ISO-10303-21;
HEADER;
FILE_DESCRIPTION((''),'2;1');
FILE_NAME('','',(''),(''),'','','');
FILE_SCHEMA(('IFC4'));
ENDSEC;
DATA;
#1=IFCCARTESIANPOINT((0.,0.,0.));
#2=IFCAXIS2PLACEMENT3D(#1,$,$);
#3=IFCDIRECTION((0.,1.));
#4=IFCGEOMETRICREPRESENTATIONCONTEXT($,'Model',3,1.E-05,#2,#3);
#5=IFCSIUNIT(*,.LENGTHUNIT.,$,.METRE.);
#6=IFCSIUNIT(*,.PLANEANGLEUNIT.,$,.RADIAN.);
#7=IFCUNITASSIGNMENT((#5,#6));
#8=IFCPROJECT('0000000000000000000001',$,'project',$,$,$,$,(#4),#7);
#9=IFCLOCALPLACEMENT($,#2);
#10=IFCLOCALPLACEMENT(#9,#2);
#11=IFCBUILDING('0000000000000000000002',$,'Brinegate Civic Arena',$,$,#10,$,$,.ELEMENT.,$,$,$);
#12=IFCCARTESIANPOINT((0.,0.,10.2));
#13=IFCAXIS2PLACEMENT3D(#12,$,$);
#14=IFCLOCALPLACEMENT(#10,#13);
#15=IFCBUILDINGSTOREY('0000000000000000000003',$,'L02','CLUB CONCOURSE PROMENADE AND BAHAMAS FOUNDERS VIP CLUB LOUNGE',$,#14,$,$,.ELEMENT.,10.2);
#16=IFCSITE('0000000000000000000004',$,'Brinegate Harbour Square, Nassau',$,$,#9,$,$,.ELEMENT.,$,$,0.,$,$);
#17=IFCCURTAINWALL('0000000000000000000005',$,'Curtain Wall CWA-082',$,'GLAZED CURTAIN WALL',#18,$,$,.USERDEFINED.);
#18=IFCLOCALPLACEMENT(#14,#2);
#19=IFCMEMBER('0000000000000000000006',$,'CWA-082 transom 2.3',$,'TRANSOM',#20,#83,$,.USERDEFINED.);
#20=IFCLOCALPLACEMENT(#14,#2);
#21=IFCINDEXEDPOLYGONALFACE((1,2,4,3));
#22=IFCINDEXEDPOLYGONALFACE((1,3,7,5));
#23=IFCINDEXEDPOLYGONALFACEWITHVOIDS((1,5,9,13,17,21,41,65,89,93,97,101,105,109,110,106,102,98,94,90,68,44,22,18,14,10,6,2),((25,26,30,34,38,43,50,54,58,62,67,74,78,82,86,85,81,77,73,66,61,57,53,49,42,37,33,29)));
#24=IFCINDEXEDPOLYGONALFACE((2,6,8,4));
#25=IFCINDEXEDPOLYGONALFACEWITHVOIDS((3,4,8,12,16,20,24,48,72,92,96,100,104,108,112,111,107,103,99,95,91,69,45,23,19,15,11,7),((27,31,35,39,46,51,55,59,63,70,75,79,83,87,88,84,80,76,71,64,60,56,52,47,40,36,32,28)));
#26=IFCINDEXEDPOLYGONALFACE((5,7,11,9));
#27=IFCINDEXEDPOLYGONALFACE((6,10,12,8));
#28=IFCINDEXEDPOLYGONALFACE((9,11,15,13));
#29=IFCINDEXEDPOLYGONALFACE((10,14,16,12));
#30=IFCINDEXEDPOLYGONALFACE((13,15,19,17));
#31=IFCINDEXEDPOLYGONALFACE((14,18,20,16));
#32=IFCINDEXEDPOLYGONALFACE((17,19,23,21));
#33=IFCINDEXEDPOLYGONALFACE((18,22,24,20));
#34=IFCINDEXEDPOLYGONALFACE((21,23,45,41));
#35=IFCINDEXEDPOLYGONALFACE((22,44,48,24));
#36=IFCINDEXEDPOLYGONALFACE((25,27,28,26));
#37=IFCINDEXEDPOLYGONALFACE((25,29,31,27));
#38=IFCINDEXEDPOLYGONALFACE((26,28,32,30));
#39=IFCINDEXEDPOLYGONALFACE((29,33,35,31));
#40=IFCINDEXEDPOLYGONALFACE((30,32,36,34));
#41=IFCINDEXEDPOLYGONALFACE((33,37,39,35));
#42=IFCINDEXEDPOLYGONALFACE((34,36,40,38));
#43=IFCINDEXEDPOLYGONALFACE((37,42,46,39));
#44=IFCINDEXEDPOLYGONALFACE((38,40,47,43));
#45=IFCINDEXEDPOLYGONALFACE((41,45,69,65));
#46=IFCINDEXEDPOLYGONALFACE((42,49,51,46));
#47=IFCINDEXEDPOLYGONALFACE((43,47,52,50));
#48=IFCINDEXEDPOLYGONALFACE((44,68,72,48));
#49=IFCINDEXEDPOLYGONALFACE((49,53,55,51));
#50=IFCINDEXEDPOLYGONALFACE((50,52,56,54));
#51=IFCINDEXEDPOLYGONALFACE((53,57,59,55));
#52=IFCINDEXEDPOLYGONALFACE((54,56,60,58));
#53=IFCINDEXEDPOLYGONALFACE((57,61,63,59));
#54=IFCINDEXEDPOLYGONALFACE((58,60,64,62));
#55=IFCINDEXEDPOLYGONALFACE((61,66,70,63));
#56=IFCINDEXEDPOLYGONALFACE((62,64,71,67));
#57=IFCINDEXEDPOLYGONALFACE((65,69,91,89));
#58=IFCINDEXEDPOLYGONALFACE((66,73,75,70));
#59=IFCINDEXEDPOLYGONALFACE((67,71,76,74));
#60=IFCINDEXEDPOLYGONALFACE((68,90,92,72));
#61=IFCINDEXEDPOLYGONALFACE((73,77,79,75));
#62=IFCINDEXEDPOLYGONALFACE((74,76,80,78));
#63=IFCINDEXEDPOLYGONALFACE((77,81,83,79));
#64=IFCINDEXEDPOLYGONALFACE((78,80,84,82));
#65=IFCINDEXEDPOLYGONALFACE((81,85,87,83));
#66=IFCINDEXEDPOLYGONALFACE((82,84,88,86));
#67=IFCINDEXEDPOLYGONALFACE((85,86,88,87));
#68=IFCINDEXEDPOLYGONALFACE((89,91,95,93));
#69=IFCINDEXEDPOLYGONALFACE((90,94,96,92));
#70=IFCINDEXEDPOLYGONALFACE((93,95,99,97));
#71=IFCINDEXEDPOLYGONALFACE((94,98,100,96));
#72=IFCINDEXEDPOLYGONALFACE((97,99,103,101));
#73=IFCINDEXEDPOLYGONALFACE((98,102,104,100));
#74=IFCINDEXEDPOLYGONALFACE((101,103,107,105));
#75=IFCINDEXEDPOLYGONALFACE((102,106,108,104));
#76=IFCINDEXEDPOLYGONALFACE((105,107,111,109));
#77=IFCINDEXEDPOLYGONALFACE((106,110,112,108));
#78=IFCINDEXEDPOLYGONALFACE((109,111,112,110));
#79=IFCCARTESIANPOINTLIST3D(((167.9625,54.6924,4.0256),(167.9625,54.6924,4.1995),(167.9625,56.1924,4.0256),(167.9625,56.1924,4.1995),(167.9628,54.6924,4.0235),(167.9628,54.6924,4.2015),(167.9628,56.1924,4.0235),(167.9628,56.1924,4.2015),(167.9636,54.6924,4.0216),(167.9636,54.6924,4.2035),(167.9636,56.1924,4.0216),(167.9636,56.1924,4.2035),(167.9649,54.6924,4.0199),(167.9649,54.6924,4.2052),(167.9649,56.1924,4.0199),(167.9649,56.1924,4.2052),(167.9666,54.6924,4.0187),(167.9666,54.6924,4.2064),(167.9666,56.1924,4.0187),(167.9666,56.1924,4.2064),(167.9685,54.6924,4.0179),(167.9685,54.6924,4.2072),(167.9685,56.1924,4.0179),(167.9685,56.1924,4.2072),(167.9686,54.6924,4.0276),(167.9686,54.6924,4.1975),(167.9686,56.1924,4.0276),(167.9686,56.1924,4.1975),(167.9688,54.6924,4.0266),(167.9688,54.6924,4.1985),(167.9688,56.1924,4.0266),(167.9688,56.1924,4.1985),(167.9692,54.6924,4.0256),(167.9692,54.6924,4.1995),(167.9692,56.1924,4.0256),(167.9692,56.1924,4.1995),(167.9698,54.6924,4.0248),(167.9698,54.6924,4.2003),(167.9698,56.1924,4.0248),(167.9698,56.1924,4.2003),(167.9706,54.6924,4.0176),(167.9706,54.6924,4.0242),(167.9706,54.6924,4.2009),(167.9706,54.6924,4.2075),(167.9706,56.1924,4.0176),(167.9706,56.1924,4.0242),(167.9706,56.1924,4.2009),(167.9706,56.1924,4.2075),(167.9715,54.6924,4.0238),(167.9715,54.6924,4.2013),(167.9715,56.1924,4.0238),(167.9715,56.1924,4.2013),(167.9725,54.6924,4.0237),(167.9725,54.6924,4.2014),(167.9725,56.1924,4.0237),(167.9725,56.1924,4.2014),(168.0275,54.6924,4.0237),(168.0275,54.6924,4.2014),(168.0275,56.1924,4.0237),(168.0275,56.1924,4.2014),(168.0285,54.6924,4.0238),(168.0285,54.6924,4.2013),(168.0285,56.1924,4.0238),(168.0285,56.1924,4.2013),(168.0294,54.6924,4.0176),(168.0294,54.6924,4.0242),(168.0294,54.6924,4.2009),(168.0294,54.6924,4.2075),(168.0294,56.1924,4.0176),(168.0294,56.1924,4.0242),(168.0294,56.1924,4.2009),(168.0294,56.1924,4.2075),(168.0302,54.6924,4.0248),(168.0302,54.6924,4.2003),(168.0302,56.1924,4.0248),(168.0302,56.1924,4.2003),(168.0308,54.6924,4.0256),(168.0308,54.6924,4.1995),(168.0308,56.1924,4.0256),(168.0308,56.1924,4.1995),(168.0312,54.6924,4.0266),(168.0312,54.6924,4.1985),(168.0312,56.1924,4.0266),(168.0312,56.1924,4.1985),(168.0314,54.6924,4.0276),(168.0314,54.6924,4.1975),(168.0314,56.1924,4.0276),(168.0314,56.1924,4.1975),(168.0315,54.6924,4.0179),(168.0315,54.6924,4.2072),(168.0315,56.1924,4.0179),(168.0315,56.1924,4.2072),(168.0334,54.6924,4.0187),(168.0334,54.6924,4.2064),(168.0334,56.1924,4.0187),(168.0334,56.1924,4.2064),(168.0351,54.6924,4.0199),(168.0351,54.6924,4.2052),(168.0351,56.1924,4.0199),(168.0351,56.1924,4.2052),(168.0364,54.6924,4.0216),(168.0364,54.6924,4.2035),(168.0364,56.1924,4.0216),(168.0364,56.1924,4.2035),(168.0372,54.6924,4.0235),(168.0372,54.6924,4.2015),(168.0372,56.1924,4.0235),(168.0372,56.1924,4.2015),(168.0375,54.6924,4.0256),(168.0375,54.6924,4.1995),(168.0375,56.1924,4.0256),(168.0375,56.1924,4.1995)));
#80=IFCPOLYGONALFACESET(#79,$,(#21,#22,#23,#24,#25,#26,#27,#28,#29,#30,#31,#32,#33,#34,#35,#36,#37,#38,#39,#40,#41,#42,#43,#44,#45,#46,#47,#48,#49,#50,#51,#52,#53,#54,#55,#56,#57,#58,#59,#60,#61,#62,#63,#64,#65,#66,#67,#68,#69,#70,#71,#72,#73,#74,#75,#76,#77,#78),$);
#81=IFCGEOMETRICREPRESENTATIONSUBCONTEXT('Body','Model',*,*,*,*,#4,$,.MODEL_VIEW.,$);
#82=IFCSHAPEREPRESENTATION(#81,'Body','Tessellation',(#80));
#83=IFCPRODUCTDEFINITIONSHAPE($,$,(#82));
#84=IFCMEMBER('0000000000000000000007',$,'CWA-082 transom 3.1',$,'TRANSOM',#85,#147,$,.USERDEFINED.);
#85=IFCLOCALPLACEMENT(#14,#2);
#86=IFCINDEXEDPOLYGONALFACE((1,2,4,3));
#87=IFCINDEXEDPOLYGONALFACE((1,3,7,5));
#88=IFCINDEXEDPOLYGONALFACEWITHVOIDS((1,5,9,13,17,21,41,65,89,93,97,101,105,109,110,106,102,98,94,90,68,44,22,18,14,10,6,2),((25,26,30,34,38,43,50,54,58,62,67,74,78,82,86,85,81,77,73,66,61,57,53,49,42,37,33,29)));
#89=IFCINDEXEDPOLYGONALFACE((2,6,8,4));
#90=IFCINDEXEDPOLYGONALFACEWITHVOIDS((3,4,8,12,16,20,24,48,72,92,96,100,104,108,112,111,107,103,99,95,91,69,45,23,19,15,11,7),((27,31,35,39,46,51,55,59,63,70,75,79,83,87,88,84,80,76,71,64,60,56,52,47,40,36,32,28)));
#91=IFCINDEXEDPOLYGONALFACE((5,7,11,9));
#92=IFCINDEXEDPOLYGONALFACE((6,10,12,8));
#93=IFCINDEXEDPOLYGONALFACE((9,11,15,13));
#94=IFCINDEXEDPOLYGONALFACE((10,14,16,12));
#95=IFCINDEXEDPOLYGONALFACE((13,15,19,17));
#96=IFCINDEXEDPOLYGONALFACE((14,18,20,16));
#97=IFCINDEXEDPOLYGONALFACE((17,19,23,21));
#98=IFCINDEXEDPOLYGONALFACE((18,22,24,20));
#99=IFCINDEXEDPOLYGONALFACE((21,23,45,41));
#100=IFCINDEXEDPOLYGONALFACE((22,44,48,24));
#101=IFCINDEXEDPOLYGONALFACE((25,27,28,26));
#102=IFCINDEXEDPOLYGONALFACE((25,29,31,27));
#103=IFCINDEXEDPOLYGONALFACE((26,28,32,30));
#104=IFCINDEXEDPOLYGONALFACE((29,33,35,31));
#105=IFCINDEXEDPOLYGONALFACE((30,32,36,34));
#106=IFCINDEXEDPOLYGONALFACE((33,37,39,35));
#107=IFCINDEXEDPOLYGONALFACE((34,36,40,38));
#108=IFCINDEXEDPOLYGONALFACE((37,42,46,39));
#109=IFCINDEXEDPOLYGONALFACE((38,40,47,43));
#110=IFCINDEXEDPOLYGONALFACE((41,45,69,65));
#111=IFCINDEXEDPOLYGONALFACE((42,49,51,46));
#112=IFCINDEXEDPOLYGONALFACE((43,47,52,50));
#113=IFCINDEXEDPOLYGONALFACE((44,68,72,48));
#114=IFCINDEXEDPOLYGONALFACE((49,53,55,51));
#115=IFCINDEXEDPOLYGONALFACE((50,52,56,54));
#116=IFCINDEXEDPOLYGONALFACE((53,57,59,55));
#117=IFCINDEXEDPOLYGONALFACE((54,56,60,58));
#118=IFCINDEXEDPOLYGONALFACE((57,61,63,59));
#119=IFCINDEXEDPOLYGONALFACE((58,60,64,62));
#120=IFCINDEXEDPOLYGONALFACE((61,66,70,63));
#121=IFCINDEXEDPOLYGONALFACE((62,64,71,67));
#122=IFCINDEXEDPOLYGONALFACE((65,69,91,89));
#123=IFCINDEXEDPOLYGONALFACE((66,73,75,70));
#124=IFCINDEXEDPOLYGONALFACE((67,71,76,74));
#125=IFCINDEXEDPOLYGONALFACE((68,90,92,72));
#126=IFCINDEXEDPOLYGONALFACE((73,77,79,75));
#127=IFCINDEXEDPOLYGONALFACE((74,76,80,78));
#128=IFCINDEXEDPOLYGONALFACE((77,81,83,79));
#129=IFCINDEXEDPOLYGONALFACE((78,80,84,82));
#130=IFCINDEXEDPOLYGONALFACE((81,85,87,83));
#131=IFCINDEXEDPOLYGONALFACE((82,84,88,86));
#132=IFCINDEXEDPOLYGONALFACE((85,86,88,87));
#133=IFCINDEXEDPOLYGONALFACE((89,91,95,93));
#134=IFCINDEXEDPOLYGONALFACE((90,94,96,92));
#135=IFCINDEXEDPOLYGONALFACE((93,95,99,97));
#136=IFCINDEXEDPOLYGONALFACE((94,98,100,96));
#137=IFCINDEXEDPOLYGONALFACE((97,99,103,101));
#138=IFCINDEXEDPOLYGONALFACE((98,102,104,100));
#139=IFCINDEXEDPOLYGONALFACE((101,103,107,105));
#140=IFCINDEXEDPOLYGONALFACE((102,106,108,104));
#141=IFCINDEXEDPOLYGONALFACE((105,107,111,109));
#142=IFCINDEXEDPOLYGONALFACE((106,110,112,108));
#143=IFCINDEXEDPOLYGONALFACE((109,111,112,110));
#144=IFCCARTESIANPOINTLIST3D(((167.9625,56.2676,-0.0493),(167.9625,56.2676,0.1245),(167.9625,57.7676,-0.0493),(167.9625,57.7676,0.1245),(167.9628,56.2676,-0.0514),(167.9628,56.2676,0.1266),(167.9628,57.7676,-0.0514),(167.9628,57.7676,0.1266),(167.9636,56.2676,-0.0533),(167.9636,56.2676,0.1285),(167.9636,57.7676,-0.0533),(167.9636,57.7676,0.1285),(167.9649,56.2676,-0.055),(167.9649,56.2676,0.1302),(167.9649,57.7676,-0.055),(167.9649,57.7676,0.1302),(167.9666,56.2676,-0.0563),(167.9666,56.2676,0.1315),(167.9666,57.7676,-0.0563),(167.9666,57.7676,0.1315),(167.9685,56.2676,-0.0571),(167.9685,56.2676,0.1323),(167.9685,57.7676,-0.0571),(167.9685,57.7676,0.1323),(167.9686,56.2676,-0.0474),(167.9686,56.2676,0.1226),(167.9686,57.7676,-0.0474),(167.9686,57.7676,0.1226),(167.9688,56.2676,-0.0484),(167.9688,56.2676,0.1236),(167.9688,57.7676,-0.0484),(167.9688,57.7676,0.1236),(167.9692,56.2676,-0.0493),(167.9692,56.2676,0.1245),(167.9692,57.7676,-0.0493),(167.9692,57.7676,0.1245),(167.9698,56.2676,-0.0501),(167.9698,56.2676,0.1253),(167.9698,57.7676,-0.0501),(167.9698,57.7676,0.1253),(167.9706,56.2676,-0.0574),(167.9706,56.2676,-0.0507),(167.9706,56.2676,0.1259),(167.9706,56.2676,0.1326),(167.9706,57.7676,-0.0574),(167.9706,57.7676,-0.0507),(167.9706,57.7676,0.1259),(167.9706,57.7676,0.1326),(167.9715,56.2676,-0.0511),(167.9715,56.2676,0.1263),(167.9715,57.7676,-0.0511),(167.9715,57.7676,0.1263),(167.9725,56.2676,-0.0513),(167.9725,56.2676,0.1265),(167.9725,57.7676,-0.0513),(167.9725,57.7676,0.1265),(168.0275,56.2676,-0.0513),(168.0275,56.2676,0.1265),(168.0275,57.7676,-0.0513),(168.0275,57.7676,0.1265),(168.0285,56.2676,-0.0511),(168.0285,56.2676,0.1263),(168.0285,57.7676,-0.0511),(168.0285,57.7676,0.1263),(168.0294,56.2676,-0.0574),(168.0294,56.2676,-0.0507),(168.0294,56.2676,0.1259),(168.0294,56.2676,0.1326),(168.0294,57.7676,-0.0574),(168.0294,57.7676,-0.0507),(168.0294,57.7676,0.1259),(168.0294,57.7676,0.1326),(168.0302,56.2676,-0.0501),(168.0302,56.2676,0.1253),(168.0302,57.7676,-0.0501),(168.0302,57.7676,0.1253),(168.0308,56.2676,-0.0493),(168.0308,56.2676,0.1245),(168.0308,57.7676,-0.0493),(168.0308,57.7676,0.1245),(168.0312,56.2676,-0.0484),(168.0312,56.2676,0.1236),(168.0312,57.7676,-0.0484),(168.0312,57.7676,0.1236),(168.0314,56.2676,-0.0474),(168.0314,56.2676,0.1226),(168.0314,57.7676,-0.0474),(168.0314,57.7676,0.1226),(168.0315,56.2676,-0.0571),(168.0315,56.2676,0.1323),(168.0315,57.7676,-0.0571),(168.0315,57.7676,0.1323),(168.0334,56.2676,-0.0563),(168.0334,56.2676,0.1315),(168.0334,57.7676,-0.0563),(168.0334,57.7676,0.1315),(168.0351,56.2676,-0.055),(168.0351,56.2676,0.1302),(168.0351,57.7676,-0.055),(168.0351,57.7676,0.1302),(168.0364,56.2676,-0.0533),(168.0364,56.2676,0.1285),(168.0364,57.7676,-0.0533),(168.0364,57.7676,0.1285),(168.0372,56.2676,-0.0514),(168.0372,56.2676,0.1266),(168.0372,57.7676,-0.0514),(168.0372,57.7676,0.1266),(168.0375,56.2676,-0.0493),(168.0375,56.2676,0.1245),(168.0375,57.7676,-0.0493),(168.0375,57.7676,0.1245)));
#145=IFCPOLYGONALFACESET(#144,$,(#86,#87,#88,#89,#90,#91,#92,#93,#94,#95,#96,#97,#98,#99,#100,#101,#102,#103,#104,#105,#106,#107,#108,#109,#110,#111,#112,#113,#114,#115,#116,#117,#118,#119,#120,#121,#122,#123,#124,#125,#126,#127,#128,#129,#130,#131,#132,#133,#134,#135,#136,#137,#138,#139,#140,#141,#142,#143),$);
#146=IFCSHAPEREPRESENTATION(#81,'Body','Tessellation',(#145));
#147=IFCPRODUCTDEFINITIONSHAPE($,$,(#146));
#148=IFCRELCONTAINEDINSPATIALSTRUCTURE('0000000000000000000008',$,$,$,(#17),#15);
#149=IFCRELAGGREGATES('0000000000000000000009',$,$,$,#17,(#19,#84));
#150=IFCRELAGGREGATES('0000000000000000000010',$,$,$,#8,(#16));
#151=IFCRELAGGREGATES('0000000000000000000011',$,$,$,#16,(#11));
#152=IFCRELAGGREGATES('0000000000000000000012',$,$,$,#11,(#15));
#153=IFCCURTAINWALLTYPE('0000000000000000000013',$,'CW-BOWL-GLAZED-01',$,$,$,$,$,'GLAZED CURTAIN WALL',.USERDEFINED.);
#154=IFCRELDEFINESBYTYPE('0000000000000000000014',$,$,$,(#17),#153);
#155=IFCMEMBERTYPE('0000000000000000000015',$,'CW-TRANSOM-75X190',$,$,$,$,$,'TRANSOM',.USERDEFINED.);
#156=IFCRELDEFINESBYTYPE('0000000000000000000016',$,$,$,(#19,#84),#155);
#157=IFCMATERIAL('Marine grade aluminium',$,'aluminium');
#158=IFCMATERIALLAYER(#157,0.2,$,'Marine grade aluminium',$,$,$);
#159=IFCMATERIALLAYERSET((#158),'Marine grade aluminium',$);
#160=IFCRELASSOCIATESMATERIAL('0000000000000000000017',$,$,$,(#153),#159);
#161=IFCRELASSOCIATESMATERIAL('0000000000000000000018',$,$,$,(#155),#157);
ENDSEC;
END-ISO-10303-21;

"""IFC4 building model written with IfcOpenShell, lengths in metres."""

from ifc_helpers import new_model, si_unit, direction, frame, origin, origin_2d, place, context, subcontext, project, spatial, hollow_rectangle, extrude, material, layer, layer_set, material_profile, profile_set, type_object, element, aggregate, save


model = new_model("IFC4")

# Units and contexts
model_context = context("Model", 3, precision=1e-05, world=origin(), true_north=direction((0.0, 1.0)))
body_context = subcontext(model_context, "Body", "Model", "MODEL_VIEW")
ifc_project = project(units=[si_unit("LENGTHUNIT", "METRE"), si_unit("PLANEANGLEUNIT", "RADIAN")], contexts=[model_context])

# Site, building, storey
site_placement = place(None, origin())
site = spatial("IfcSite", under=ifc_project, at=site_placement, Name="Brinegate Harbour Square, Nassau", CompositionType="ELEMENT", RefElevation=0.0)
building_placement = place(site_placement, origin())
building = spatial("IfcBuilding", under=site, at=building_placement, Name="Brinegate Civic Arena", CompositionType="ELEMENT")
storey_placement = place(building_placement, frame((0.0, 0.0, 10.2)))
storey = spatial("IfcBuildingStorey", under=building, at=storey_placement, Name="L02", Description="CLUB CONCOURSE PROMENADE AND BAHAMAS FOUNDERS VIP CLUB LOUNGE", CompositionType="ELEMENT", Elevation=10.2)

# Shared definitions
ifc_material_1 = material(Name="Marine grade aluminium", Category="aluminium")
ifc_layer_1 = layer(ifc_material_1, 0.2, Name="Marine grade aluminium")
ifc_layer_set_1 = layer_set([ifc_layer_1], Name="Marine grade aluminium")
curtain_wall_type = type_object("IfcCurtainWallType", Name="CW-BOWL-GLAZED-01", ElementType="GLAZED CURTAIN WALL", PredefinedType="USERDEFINED", material=ifc_layer_set_1)

# Curtain wall
curtain_wall_1_placement = place(storey_placement, origin())
curtain_wall_1 = element("IfcCurtainWall", 1, at=curtain_wall_1_placement, inside=storey, type_object=curtain_wall_type, Name="Curtain Wall CWA-082", ObjectType="GLAZED CURTAIN WALL", PredefinedType="USERDEFINED")

# Members
ifc_material_profile_1 = material_profile(ifc_material_1, hollow_rectangle(XDim=0.075, YDim=0.1899, WallThickness=0.0061, InnerFilletRadius=0.0039, OuterFilletRadius=0.0081, at=origin_2d()), Name="TRN75X190")
ifc_profile_set_1 = profile_set([ifc_material_profile_1], Name="Marine grade aluminium")
member_type_1 = type_object("IfcMemberType", Name="CW-TRANSOM-75X190", ElementType="TRANSOM", PredefinedType="USERDEFINED", material=ifc_profile_set_1)
member_1_placement = place(storey_placement, frame((168.0, 54.6924, 4.1125), z_axis=(0.0, 1.0, 0.0), x_axis=(-1.0, 0.0, 0.0)))
member_1 = element("IfcMember", 2, at=member_1_placement, type_object=member_type_1, Name="CWA-082 transom 2.3", ObjectType="TRANSOM", PredefinedType="USERDEFINED", context=body_context, shape_type="SweptSolid", body=[
    extrude(hollow_rectangle(XDim=0.075, YDim=0.1899, WallThickness=0.0061, InnerFilletRadius=0.0039, OuterFilletRadius=0.0081, at=origin_2d()), origin(), (0.0, 0.0, 1.0), 1.5),
])
member_2_placement = place(storey_placement, frame((168.0, 56.2676, 0.0376), z_axis=(0.0, 1.0, 0.0), x_axis=(-1.0, 0.0, 0.0)))
member_2 = element("IfcMember", 3, at=member_2_placement, type_object=member_type_1, Name="CWA-082 transom 3.1", ObjectType="TRANSOM", PredefinedType="USERDEFINED", context=body_context, shape_type="SweptSolid", body=[
    extrude(hollow_rectangle(XDim=0.075, YDim=0.1899, WallThickness=0.0061, InnerFilletRadius=0.0039, OuterFilletRadius=0.0081, at=origin_2d()), origin(), (0.0, 0.0, 1.0), 1.5),
])

aggregate(curtain_wall_1, [member_1, member_2])

save(model, "model.ifc")
